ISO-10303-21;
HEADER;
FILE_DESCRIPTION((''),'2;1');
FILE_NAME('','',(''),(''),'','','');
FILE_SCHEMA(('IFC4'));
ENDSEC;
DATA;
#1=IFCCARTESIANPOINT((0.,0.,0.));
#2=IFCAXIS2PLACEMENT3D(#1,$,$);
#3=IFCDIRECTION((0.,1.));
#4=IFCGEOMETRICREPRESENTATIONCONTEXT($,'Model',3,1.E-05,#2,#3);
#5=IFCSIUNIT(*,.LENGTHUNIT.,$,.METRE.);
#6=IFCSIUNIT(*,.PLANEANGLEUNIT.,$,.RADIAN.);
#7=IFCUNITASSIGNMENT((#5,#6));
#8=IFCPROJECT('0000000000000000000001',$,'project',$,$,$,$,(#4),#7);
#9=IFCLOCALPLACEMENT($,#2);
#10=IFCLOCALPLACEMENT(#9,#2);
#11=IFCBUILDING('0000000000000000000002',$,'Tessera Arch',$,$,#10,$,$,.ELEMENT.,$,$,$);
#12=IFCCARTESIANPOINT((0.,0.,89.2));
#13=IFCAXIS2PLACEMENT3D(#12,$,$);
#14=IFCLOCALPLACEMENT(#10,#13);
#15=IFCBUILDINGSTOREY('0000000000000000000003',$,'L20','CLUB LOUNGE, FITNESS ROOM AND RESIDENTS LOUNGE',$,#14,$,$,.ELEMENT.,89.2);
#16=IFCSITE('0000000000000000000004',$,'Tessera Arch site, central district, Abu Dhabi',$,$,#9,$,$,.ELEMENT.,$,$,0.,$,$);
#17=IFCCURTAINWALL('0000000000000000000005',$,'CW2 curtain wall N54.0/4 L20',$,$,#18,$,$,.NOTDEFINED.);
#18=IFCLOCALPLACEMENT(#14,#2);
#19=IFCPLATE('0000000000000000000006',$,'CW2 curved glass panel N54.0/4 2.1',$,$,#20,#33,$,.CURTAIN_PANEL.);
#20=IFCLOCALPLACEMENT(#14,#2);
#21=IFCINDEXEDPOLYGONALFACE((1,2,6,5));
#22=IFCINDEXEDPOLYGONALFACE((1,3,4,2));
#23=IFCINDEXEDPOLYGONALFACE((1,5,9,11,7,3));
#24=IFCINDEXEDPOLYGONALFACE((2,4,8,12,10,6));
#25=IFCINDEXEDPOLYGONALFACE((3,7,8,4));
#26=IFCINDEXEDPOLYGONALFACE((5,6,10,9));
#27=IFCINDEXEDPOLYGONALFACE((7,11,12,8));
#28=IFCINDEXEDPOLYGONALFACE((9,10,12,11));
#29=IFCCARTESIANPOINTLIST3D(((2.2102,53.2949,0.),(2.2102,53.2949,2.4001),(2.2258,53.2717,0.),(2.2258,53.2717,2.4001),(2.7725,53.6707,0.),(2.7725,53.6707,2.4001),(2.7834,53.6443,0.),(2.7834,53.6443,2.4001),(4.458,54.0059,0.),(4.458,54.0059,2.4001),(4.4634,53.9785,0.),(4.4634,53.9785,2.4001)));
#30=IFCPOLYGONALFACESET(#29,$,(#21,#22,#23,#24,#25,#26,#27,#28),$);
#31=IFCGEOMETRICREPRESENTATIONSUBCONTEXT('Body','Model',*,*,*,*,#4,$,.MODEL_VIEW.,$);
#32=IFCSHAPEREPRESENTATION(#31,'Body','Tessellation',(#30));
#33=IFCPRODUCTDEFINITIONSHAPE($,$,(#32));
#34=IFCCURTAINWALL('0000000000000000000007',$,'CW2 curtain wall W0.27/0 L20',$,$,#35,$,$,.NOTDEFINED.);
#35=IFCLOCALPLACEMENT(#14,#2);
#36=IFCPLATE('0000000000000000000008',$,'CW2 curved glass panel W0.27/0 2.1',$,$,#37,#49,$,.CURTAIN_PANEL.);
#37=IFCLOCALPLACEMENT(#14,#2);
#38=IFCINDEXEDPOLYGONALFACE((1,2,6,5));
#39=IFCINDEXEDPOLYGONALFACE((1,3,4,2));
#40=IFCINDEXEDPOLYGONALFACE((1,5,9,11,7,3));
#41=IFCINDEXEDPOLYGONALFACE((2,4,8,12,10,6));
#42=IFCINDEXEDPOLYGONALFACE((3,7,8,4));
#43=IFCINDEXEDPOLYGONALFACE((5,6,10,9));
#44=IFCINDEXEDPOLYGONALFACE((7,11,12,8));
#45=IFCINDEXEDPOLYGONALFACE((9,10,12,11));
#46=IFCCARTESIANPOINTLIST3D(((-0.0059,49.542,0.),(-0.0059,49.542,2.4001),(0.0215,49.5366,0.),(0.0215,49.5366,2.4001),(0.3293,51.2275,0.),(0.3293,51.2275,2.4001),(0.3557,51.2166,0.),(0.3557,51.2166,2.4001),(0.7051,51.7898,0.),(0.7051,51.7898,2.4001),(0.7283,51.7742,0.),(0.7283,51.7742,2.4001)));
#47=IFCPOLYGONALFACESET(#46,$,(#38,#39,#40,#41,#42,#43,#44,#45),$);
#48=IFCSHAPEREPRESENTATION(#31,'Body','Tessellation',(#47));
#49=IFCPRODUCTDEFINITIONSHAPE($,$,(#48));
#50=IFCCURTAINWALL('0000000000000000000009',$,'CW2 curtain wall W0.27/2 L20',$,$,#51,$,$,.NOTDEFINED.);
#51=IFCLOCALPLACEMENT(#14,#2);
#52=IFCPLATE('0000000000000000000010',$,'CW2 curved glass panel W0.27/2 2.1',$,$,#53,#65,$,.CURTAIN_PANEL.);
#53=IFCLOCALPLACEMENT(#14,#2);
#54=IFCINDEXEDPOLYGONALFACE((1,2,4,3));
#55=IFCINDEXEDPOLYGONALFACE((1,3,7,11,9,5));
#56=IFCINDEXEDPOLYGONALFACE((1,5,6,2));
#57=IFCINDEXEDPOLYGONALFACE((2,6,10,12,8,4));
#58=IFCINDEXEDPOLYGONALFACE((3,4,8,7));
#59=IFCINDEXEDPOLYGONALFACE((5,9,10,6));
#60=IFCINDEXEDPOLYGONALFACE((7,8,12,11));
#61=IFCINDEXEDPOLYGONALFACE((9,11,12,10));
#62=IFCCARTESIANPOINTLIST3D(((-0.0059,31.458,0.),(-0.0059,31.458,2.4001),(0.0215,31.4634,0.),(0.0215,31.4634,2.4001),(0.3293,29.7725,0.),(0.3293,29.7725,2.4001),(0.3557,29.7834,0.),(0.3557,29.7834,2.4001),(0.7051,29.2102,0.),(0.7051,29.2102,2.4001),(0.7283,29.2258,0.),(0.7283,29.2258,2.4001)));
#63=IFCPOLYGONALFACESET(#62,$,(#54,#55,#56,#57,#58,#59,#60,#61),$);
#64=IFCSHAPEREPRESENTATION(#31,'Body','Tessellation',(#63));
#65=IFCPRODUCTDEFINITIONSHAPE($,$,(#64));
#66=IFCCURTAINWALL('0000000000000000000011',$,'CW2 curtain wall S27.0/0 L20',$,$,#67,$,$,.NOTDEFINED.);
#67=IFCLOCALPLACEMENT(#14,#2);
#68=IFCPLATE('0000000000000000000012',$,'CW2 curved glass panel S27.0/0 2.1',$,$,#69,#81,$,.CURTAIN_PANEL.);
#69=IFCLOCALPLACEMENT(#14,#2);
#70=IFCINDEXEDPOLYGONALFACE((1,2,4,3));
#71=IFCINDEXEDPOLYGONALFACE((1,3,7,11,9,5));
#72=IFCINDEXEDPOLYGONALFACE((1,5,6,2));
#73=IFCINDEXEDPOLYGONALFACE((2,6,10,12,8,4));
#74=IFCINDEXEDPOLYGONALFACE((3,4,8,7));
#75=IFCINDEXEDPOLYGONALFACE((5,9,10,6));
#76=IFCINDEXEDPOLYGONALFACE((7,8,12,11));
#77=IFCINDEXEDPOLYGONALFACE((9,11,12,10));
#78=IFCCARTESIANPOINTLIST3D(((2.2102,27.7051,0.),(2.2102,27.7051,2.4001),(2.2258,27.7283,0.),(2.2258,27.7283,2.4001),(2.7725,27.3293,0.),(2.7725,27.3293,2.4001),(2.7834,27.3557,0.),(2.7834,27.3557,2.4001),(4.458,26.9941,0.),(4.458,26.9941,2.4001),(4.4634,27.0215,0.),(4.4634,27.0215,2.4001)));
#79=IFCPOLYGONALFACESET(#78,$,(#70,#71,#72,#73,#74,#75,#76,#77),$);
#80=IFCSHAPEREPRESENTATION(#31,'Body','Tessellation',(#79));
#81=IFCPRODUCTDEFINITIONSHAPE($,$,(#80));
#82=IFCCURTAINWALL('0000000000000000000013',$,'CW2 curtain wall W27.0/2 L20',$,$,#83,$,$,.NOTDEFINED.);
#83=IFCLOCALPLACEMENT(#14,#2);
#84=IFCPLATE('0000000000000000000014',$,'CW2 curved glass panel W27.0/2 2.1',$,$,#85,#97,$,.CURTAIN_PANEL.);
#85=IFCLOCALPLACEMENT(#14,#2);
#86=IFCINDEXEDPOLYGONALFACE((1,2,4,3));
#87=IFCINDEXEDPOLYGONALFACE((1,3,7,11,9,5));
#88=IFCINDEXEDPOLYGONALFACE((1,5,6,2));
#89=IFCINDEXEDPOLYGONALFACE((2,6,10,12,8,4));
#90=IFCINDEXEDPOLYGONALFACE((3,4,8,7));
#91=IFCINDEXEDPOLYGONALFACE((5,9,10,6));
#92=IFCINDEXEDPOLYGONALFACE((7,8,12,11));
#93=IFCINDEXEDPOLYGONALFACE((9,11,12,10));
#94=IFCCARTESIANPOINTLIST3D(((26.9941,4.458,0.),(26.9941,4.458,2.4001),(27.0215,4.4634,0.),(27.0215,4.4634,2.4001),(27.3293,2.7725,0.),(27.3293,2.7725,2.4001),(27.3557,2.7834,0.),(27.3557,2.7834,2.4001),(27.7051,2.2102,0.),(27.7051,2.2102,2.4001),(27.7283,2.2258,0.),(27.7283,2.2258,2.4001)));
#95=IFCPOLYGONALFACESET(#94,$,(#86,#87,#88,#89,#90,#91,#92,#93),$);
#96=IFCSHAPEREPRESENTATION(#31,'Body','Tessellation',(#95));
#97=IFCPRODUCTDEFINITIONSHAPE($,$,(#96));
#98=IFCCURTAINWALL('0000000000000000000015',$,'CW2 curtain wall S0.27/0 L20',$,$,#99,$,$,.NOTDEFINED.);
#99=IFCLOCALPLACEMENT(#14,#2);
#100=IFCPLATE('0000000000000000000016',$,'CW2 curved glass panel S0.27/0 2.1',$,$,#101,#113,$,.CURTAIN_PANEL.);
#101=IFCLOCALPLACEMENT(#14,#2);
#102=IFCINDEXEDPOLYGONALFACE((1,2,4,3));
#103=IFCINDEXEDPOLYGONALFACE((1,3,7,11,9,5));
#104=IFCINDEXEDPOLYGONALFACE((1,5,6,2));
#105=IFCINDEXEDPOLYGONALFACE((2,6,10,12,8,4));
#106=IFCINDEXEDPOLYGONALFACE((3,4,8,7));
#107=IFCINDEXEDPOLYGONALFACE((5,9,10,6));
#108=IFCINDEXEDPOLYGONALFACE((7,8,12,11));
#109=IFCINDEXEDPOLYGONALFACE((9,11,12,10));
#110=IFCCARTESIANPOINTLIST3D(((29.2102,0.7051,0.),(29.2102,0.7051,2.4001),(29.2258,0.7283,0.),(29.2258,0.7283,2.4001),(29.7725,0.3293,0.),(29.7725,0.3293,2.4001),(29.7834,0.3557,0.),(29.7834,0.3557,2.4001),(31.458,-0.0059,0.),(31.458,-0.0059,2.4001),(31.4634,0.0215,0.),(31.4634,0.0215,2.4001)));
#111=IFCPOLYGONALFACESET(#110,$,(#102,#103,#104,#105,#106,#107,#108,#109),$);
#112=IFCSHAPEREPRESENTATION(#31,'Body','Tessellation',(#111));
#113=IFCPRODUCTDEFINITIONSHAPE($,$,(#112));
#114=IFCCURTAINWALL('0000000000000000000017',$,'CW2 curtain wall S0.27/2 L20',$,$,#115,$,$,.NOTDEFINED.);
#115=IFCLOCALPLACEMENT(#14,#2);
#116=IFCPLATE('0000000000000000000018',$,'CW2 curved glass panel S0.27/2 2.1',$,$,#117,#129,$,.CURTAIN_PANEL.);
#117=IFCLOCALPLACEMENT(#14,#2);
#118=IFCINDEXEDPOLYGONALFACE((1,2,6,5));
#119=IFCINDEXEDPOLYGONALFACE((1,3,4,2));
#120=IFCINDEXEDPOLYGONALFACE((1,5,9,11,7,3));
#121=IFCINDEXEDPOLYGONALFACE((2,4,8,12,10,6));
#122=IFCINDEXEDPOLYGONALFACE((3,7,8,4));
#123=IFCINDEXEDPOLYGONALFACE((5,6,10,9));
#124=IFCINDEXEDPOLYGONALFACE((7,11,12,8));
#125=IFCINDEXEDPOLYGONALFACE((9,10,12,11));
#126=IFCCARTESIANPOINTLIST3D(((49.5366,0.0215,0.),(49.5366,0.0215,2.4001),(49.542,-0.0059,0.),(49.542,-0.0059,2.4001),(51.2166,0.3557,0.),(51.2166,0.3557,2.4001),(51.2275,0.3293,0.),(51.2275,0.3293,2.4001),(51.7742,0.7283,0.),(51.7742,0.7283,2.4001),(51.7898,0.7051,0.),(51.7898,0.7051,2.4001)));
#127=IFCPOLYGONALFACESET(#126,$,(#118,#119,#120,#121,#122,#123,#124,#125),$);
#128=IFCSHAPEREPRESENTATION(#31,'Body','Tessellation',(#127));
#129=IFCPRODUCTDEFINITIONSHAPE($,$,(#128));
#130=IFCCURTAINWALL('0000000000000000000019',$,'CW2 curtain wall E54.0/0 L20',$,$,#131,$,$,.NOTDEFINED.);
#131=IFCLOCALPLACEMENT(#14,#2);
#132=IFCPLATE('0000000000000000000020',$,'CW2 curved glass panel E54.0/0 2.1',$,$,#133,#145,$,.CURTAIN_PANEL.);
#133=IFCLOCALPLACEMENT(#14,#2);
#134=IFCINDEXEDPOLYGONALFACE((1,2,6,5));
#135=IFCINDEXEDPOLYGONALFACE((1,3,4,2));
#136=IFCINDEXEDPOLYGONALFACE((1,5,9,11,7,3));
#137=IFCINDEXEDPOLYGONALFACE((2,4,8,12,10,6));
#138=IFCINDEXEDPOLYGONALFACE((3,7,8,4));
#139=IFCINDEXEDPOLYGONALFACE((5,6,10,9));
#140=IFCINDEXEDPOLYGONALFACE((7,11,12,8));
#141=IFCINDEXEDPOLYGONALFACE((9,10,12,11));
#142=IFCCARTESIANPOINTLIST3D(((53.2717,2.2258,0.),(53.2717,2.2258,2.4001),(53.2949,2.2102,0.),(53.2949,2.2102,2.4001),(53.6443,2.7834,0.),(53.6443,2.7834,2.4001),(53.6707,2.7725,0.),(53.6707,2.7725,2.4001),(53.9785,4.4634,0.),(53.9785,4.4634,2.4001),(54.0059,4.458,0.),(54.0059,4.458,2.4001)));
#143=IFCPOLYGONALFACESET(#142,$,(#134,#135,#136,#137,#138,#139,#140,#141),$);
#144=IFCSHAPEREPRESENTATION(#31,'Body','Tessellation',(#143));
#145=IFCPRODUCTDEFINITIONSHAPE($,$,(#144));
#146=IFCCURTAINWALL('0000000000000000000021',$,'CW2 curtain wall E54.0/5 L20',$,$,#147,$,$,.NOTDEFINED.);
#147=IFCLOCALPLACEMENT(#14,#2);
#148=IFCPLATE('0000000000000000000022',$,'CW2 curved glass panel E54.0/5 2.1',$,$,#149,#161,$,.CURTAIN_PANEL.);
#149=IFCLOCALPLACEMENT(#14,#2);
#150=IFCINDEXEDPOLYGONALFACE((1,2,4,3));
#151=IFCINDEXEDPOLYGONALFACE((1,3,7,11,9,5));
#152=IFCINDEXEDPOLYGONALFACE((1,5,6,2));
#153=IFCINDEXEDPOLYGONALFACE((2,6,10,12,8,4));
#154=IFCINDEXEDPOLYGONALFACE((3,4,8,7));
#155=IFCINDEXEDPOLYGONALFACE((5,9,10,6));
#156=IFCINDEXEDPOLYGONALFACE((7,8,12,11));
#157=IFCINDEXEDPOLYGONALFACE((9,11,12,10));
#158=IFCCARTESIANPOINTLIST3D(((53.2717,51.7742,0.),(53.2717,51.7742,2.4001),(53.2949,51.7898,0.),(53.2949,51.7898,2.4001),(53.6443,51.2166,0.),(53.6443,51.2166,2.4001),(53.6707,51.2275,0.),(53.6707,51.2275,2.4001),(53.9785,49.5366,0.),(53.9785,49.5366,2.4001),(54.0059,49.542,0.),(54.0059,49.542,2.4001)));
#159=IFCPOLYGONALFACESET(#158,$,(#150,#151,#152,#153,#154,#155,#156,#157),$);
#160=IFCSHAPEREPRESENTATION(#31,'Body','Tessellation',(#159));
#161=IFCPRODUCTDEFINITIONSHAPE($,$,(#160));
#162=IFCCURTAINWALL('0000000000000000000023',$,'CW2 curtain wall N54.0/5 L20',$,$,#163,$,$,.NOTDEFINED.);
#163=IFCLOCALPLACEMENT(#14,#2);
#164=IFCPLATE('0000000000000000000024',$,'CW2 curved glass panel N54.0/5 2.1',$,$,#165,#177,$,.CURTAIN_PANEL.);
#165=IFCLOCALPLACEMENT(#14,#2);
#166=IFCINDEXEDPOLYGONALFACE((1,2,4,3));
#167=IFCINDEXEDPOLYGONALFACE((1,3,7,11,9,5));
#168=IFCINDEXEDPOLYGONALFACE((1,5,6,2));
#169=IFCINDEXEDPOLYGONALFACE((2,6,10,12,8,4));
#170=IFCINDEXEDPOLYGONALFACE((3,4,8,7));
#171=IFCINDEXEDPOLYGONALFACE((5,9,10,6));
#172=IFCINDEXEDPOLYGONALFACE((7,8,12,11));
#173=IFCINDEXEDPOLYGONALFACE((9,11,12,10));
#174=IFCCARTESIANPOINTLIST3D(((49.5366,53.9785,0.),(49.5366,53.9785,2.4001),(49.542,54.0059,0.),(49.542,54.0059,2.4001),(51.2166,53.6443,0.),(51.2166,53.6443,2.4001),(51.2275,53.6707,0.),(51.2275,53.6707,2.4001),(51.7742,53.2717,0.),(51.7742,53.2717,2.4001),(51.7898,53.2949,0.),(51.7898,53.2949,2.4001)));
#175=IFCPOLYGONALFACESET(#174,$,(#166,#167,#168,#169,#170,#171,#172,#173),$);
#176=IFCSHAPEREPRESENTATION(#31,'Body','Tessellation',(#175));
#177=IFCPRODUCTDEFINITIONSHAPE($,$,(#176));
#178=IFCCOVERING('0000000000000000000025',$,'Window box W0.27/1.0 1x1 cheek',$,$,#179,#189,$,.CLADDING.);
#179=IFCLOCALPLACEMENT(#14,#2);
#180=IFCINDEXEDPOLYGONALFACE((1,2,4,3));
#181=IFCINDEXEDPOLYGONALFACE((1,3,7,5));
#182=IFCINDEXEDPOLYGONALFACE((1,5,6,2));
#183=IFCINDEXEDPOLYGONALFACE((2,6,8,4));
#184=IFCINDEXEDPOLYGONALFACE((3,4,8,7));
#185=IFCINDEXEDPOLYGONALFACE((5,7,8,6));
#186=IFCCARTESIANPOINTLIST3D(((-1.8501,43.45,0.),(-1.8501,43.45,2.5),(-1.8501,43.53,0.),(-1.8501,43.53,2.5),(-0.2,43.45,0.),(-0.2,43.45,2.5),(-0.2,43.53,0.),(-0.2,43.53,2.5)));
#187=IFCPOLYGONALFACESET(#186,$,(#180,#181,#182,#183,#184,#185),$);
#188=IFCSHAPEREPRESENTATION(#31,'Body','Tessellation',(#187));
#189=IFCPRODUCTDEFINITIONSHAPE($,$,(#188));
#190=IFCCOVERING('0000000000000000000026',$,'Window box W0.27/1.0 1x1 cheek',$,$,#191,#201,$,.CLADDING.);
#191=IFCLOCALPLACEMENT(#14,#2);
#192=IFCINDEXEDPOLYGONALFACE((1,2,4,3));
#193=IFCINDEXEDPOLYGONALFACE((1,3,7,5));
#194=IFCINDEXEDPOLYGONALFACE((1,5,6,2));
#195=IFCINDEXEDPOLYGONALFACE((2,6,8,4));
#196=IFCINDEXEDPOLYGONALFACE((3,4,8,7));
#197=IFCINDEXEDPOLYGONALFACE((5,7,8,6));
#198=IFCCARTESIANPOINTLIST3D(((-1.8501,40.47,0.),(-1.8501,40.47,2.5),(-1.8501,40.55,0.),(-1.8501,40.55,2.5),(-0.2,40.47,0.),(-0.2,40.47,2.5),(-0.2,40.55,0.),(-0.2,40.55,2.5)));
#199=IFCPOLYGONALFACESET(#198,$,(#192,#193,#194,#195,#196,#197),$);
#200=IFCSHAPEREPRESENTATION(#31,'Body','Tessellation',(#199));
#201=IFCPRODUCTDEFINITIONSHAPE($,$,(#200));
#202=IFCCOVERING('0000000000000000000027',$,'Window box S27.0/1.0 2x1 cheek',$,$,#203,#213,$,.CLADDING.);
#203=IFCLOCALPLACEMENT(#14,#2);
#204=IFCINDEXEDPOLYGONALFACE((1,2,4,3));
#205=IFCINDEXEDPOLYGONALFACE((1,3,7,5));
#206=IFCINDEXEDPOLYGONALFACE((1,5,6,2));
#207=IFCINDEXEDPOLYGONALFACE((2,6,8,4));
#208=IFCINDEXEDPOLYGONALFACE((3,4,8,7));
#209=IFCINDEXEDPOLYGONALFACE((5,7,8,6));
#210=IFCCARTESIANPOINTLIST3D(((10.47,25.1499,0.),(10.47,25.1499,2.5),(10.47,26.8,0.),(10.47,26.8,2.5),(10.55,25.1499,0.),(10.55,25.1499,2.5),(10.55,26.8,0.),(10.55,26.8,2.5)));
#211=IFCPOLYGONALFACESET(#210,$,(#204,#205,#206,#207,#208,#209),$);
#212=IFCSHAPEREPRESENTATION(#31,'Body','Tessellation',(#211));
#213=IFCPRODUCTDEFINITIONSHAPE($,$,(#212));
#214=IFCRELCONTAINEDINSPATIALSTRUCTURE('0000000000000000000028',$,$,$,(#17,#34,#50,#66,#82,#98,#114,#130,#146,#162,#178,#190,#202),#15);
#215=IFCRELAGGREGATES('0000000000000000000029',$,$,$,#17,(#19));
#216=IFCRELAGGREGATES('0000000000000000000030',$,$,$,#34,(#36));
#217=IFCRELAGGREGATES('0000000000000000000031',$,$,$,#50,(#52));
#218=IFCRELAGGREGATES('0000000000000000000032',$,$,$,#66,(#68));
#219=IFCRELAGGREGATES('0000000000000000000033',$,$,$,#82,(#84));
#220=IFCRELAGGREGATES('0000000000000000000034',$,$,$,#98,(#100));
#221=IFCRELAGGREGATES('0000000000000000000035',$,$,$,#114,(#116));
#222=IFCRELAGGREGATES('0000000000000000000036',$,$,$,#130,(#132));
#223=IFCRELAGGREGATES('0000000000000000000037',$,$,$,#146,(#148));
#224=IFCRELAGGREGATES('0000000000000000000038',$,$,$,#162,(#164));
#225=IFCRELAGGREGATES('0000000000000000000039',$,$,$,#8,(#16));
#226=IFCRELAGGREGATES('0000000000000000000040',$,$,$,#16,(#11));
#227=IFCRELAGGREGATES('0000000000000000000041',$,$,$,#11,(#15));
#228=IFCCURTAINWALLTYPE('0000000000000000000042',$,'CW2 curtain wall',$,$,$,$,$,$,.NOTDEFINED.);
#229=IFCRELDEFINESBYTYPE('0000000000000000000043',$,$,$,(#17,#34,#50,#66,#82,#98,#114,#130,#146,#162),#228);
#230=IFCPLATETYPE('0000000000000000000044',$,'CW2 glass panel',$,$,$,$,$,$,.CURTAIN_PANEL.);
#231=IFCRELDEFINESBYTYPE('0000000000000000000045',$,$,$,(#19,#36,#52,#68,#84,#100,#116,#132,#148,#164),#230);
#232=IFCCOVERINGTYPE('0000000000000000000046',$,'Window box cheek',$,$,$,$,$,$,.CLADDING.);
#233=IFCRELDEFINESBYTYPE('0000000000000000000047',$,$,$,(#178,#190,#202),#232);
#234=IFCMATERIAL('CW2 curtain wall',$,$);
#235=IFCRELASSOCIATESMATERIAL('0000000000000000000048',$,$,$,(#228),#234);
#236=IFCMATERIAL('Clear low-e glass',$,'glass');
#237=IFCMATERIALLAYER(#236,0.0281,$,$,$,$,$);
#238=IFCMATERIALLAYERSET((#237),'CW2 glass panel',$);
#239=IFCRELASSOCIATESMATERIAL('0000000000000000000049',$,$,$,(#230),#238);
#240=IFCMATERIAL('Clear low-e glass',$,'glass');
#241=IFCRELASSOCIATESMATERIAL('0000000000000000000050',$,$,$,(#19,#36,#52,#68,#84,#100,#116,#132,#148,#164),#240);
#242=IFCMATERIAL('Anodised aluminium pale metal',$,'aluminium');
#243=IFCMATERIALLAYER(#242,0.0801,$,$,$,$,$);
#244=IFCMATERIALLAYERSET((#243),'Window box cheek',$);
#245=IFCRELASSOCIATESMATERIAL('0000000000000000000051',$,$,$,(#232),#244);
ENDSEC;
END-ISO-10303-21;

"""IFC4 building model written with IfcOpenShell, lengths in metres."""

from ifc_helpers import new_model, si_unit, direction, frame, origin, place, context, subcontext, project, spatial, polyline, outline, extrude, material, layer, layer_set, type_object, element, aggregate, save


model = new_model("IFC4")

# Units and contexts
model_context = context("Model", 3, precision=1e-05, world=origin(), true_north=direction((0.0, 1.0)))
body_context = subcontext(model_context, "Body", "Model", "MODEL_VIEW")
ifc_project = project(units=[si_unit("LENGTHUNIT", "METRE"), si_unit("PLANEANGLEUNIT", "RADIAN")], contexts=[model_context])

# Site, building, storey
site_placement = place(None, origin())
site = spatial("IfcSite", under=ifc_project, at=site_placement, Name="Tessera Arch site, central district, Abu Dhabi", CompositionType="ELEMENT", RefElevation=0.0)
building_placement = place(site_placement, origin())
building = spatial("IfcBuilding", under=site, at=building_placement, Name="Tessera Arch", CompositionType="ELEMENT")
storey_placement = place(building_placement, frame((0.0, 0.0, 89.2)))
storey = spatial("IfcBuildingStorey", under=building, at=storey_placement, Name="L20", Description="CLUB LOUNGE, FITNESS ROOM AND RESIDENTS LOUNGE", CompositionType="ELEMENT", Elevation=89.2)

# Curtain walls, plates
ifc_material_1 = material(Name="CW2 curtain wall")
curtain_wall_type = type_object("IfcCurtainWallType", Name="CW2 curtain wall", PredefinedType="NOTDEFINED", material=ifc_material_1)
curtain_wall_1_placement = place(storey_placement, origin())
curtain_wall_1 = element("IfcCurtainWall", 1, at=curtain_wall_1_placement, inside=storey, type_object=curtain_wall_type, Name="CW2 curtain wall N54.0/4 L20", PredefinedType="NOTDEFINED")
ifc_material_2 = material(Name="Clear low-e glass", Category="glass")
ifc_material_3 = material(Name="Clear low-e glass", Category="glass")
ifc_layer_1 = layer(ifc_material_3, 0.0281)
ifc_layer_set_1 = layer_set([ifc_layer_1], Name="CW2 glass panel")
plate_type = type_object("IfcPlateType", Name="CW2 glass panel", PredefinedType="CURTAIN_PANEL", material=ifc_layer_set_1)
plate_1_placement = place(storey_placement, origin())
plate_1 = element("IfcPlate", 2, at=plate_1_placement, type_object=plate_type, material=ifc_material_2, Name="CW2 curved glass panel N54.0/4 2.1", PredefinedType="CURTAIN_PANEL", context=body_context, shape_type="SweptSolid", body=[
    extrude(outline(polyline([(2.7834, 53.6443), (4.4634, 53.9785), (4.458, 54.0059), (2.7725, 53.6707), (2.2102, 53.2949), (2.2258, 53.2717), (2.7834, 53.6443)])), origin(), (0.0, 0.0, 1.0), 2.4001),
])
aggregate(curtain_wall_1, [plate_1])
curtain_wall_2_placement = place(storey_placement, origin())
curtain_wall_2 = element("IfcCurtainWall", 3, at=curtain_wall_2_placement, inside=storey, type_object=curtain_wall_type, Name="CW2 curtain wall W0.27/0 L20", PredefinedType="NOTDEFINED")
plate_2_placement = place(storey_placement, origin())
plate_2 = element("IfcPlate", 4, at=plate_2_placement, type_object=plate_type, material=ifc_material_2, Name="CW2 curved glass panel W0.27/0 2.1", PredefinedType="CURTAIN_PANEL", context=body_context, shape_type="SweptSolid", body=[
    extrude(outline(polyline([(0.3557, 51.2166), (0.7283, 51.7742), (0.7051, 51.7898), (0.3293, 51.2275), (-0.0059, 49.542), (0.0215, 49.5366), (0.3557, 51.2166)])), origin(), (0.0, 0.0, 1.0), 2.4001),
])
aggregate(curtain_wall_2, [plate_2])
curtain_wall_3_placement = place(storey_placement, origin())
curtain_wall_3 = element("IfcCurtainWall", 5, at=curtain_wall_3_placement, inside=storey, type_object=curtain_wall_type, Name="CW2 curtain wall W0.27/2 L20", PredefinedType="NOTDEFINED")
plate_3_placement = place(storey_placement, origin())
plate_3 = element("IfcPlate", 6, at=plate_3_placement, type_object=plate_type, material=ifc_material_2, Name="CW2 curved glass panel W0.27/2 2.1", PredefinedType="CURTAIN_PANEL", context=body_context, shape_type="SweptSolid", body=[
    extrude(outline(polyline([(0.3557, 29.7834), (0.0215, 31.4634), (-0.0059, 31.458), (0.3293, 29.7725), (0.7051, 29.2102), (0.7283, 29.2258), (0.3557, 29.7834)])), origin(), (0.0, 0.0, 1.0), 2.4001),
])
aggregate(curtain_wall_3, [plate_3])
curtain_wall_4_placement = place(storey_placement, origin())
curtain_wall_4 = element("IfcCurtainWall", 7, at=curtain_wall_4_placement, inside=storey, type_object=curtain_wall_type, Name="CW2 curtain wall S27.0/0 L20", PredefinedType="NOTDEFINED")
plate_4_placement = place(storey_placement, origin())
plate_4 = element("IfcPlate", 8, at=plate_4_placement, type_object=plate_type, material=ifc_material_2, Name="CW2 curved glass panel S27.0/0 2.1", PredefinedType="CURTAIN_PANEL", context=body_context, shape_type="SweptSolid", body=[
    extrude(outline(polyline([(2.7834, 27.3557), (2.2258, 27.7283), (2.2102, 27.7051), (2.7725, 27.3293), (4.458, 26.9941), (4.4634, 27.0215), (2.7834, 27.3557)])), origin(), (0.0, 0.0, 1.0), 2.4001),
])
aggregate(curtain_wall_4, [plate_4])
curtain_wall_5_placement = place(storey_placement, origin())
curtain_wall_5 = element("IfcCurtainWall", 9, at=curtain_wall_5_placement, inside=storey, type_object=curtain_wall_type, Name="CW2 curtain wall W27.0/2 L20", PredefinedType="NOTDEFINED")
plate_5_placement = place(storey_placement, origin())
plate_5 = element("IfcPlate", 10, at=plate_5_placement, type_object=plate_type, material=ifc_material_2, Name="CW2 curved glass panel W27.0/2 2.1", PredefinedType="CURTAIN_PANEL", context=body_context, shape_type="SweptSolid", body=[
    extrude(outline(polyline([(27.3557, 2.7834), (27.0215, 4.4634), (26.9941, 4.458), (27.3293, 2.7725), (27.7051, 2.2102), (27.7283, 2.2258), (27.3557, 2.7834)])), origin(), (0.0, 0.0, 1.0), 2.4001),
])
aggregate(curtain_wall_5, [plate_5])
curtain_wall_6_placement = place(storey_placement, origin())
curtain_wall_6 = element("IfcCurtainWall", 11, at=curtain_wall_6_placement, inside=storey, type_object=curtain_wall_type, Name="CW2 curtain wall S0.27/0 L20", PredefinedType="NOTDEFINED")
plate_6_placement = place(storey_placement, origin())
plate_6 = element("IfcPlate", 12, at=plate_6_placement, type_object=plate_type, material=ifc_material_2, Name="CW2 curved glass panel S0.27/0 2.1", PredefinedType="CURTAIN_PANEL", context=body_context, shape_type="SweptSolid", body=[
    extrude(outline(polyline([(29.7834, 0.3557), (29.2258, 0.7283), (29.2102, 0.7051), (29.7725, 0.3293), (31.458, -0.0059), (31.4634, 0.0215), (29.7834, 0.3557)])), origin(), (0.0, 0.0, 1.0), 2.4001),
])
aggregate(curtain_wall_6, [plate_6])
curtain_wall_7_placement = place(storey_placement, origin())
curtain_wall_7 = element("IfcCurtainWall", 13, at=curtain_wall_7_placement, inside=storey, type_object=curtain_wall_type, Name="CW2 curtain wall S0.27/2 L20", PredefinedType="NOTDEFINED")
plate_7_placement = place(storey_placement, origin())
plate_7 = element("IfcPlate", 14, at=plate_7_placement, type_object=plate_type, material=ifc_material_2, Name="CW2 curved glass panel S0.27/2 2.1", PredefinedType="CURTAIN_PANEL", context=body_context, shape_type="SweptSolid", body=[
    extrude(outline(polyline([(51.2166, 0.3557), (49.5366, 0.0215), (49.542, -0.0059), (51.2275, 0.3293), (51.7898, 0.7051), (51.7742, 0.7283), (51.2166, 0.3557)])), origin(), (0.0, 0.0, 1.0), 2.4001),
])
aggregate(curtain_wall_7, [plate_7])
curtain_wall_8_placement = place(storey_placement, origin())
curtain_wall_8 = element("IfcCurtainWall", 15, at=curtain_wall_8_placement, inside=storey, type_object=curtain_wall_type, Name="CW2 curtain wall E54.0/0 L20", PredefinedType="NOTDEFINED")
plate_8_placement = place(storey_placement, origin())
plate_8 = element("IfcPlate", 16, at=plate_8_placement, type_object=plate_type, material=ifc_material_2, Name="CW2 curved glass panel E54.0/0 2.1", PredefinedType="CURTAIN_PANEL", context=body_context, shape_type="SweptSolid", body=[
    extrude(outline(polyline([(53.6443, 2.7834), (53.2717, 2.2258), (53.2949, 2.2102), (53.6707, 2.7725), (54.0059, 4.458), (53.9785, 4.4634), (53.6443, 2.7834)])), origin(), (0.0, 0.0, 1.0), 2.4001),
])
aggregate(curtain_wall_8, [plate_8])
curtain_wall_9_placement = place(storey_placement, origin())
curtain_wall_9 = element("IfcCurtainWall", 17, at=curtain_wall_9_placement, inside=storey, type_object=curtain_wall_type, Name="CW2 curtain wall E54.0/5 L20", PredefinedType="NOTDEFINED")
plate_9_placement = place(storey_placement, origin())
plate_9 = element("IfcPlate", 18, at=plate_9_placement, type_object=plate_type, material=ifc_material_2, Name="CW2 curved glass panel E54.0/5 2.1", PredefinedType="CURTAIN_PANEL", context=body_context, shape_type="SweptSolid", body=[
    extrude(outline(polyline([(53.6443, 51.2166), (53.9785, 49.5366), (54.0059, 49.542), (53.6707, 51.2275), (53.2949, 51.7898), (53.2717, 51.7742), (53.6443, 51.2166)])), origin(), (0.0, 0.0, 1.0), 2.4001),
])
aggregate(curtain_wall_9, [plate_9])
curtain_wall_10_placement = place(storey_placement, origin())
curtain_wall_10 = element("IfcCurtainWall", 19, at=curtain_wall_10_placement, inside=storey, type_object=curtain_wall_type, Name="CW2 curtain wall N54.0/5 L20", PredefinedType="NOTDEFINED")
plate_10_placement = place(storey_placement, origin())
plate_10 = element("IfcPlate", 20, at=plate_10_placement, type_object=plate_type, material=ifc_material_2, Name="CW2 curved glass panel N54.0/5 2.1", PredefinedType="CURTAIN_PANEL", context=body_context, shape_type="SweptSolid", body=[
    extrude(outline(polyline([(51.2166, 53.6443), (51.7742, 53.2717), (51.7898, 53.2949), (51.2275, 53.6707), (49.542, 54.0059), (49.5366, 53.9785), (51.2166, 53.6443)])), origin(), (0.0, 0.0, 1.0), 2.4001),
])
aggregate(curtain_wall_10, [plate_10])

# Coverings
ifc_material_4 = material(Name="Anodised aluminium pale metal", Category="aluminium")
ifc_layer_2 = layer(ifc_material_4, 0.0801)
ifc_layer_set_2 = layer_set([ifc_layer_2], Name="Window box cheek")
covering_type_1 = type_object("IfcCoveringType", Name="Window box cheek", PredefinedType="CLADDING", material=ifc_layer_set_2)
covering_1_placement = place(storey_placement, origin())
element("IfcCovering", 21, at=covering_1_placement, inside=storey, type_object=covering_type_1, Name="Window box W0.27/1.0 1x1 cheek", PredefinedType="CLADDING", context=body_context, shape_type="SweptSolid", body=[
    extrude(outline(polyline([(-1.8501, 43.53), (-1.8501, 43.45), (-0.2, 43.45), (-0.2, 43.53), (-1.8501, 43.53)])), origin(), (0.0, 0.0, 1.0), 2.5),
])
covering_2_placement = place(storey_placement, origin())
element("IfcCovering", 22, at=covering_2_placement, inside=storey, type_object=covering_type_1, Name="Window box W0.27/1.0 1x1 cheek", PredefinedType="CLADDING", context=body_context, shape_type="SweptSolid", body=[
    extrude(outline(polyline([(-1.8501, 40.55), (-1.8501, 40.47), (-0.2, 40.47), (-0.2, 40.55), (-1.8501, 40.55)])), origin(), (0.0, 0.0, 1.0), 2.5),
])
covering_3_placement = place(storey_placement, origin())
element("IfcCovering", 23, at=covering_3_placement, inside=storey, type_object=covering_type_1, Name="Window box S27.0/1.0 2x1 cheek", PredefinedType="CLADDING", context=body_context, shape_type="SweptSolid", body=[
    extrude(outline(polyline([(10.47, 25.1499), (10.55, 25.1499), (10.55, 26.8), (10.47, 26.8), (10.47, 25.1499)])), origin(), (0.0, 0.0, 1.0), 2.5),
])

save(model, "model.ifc")
